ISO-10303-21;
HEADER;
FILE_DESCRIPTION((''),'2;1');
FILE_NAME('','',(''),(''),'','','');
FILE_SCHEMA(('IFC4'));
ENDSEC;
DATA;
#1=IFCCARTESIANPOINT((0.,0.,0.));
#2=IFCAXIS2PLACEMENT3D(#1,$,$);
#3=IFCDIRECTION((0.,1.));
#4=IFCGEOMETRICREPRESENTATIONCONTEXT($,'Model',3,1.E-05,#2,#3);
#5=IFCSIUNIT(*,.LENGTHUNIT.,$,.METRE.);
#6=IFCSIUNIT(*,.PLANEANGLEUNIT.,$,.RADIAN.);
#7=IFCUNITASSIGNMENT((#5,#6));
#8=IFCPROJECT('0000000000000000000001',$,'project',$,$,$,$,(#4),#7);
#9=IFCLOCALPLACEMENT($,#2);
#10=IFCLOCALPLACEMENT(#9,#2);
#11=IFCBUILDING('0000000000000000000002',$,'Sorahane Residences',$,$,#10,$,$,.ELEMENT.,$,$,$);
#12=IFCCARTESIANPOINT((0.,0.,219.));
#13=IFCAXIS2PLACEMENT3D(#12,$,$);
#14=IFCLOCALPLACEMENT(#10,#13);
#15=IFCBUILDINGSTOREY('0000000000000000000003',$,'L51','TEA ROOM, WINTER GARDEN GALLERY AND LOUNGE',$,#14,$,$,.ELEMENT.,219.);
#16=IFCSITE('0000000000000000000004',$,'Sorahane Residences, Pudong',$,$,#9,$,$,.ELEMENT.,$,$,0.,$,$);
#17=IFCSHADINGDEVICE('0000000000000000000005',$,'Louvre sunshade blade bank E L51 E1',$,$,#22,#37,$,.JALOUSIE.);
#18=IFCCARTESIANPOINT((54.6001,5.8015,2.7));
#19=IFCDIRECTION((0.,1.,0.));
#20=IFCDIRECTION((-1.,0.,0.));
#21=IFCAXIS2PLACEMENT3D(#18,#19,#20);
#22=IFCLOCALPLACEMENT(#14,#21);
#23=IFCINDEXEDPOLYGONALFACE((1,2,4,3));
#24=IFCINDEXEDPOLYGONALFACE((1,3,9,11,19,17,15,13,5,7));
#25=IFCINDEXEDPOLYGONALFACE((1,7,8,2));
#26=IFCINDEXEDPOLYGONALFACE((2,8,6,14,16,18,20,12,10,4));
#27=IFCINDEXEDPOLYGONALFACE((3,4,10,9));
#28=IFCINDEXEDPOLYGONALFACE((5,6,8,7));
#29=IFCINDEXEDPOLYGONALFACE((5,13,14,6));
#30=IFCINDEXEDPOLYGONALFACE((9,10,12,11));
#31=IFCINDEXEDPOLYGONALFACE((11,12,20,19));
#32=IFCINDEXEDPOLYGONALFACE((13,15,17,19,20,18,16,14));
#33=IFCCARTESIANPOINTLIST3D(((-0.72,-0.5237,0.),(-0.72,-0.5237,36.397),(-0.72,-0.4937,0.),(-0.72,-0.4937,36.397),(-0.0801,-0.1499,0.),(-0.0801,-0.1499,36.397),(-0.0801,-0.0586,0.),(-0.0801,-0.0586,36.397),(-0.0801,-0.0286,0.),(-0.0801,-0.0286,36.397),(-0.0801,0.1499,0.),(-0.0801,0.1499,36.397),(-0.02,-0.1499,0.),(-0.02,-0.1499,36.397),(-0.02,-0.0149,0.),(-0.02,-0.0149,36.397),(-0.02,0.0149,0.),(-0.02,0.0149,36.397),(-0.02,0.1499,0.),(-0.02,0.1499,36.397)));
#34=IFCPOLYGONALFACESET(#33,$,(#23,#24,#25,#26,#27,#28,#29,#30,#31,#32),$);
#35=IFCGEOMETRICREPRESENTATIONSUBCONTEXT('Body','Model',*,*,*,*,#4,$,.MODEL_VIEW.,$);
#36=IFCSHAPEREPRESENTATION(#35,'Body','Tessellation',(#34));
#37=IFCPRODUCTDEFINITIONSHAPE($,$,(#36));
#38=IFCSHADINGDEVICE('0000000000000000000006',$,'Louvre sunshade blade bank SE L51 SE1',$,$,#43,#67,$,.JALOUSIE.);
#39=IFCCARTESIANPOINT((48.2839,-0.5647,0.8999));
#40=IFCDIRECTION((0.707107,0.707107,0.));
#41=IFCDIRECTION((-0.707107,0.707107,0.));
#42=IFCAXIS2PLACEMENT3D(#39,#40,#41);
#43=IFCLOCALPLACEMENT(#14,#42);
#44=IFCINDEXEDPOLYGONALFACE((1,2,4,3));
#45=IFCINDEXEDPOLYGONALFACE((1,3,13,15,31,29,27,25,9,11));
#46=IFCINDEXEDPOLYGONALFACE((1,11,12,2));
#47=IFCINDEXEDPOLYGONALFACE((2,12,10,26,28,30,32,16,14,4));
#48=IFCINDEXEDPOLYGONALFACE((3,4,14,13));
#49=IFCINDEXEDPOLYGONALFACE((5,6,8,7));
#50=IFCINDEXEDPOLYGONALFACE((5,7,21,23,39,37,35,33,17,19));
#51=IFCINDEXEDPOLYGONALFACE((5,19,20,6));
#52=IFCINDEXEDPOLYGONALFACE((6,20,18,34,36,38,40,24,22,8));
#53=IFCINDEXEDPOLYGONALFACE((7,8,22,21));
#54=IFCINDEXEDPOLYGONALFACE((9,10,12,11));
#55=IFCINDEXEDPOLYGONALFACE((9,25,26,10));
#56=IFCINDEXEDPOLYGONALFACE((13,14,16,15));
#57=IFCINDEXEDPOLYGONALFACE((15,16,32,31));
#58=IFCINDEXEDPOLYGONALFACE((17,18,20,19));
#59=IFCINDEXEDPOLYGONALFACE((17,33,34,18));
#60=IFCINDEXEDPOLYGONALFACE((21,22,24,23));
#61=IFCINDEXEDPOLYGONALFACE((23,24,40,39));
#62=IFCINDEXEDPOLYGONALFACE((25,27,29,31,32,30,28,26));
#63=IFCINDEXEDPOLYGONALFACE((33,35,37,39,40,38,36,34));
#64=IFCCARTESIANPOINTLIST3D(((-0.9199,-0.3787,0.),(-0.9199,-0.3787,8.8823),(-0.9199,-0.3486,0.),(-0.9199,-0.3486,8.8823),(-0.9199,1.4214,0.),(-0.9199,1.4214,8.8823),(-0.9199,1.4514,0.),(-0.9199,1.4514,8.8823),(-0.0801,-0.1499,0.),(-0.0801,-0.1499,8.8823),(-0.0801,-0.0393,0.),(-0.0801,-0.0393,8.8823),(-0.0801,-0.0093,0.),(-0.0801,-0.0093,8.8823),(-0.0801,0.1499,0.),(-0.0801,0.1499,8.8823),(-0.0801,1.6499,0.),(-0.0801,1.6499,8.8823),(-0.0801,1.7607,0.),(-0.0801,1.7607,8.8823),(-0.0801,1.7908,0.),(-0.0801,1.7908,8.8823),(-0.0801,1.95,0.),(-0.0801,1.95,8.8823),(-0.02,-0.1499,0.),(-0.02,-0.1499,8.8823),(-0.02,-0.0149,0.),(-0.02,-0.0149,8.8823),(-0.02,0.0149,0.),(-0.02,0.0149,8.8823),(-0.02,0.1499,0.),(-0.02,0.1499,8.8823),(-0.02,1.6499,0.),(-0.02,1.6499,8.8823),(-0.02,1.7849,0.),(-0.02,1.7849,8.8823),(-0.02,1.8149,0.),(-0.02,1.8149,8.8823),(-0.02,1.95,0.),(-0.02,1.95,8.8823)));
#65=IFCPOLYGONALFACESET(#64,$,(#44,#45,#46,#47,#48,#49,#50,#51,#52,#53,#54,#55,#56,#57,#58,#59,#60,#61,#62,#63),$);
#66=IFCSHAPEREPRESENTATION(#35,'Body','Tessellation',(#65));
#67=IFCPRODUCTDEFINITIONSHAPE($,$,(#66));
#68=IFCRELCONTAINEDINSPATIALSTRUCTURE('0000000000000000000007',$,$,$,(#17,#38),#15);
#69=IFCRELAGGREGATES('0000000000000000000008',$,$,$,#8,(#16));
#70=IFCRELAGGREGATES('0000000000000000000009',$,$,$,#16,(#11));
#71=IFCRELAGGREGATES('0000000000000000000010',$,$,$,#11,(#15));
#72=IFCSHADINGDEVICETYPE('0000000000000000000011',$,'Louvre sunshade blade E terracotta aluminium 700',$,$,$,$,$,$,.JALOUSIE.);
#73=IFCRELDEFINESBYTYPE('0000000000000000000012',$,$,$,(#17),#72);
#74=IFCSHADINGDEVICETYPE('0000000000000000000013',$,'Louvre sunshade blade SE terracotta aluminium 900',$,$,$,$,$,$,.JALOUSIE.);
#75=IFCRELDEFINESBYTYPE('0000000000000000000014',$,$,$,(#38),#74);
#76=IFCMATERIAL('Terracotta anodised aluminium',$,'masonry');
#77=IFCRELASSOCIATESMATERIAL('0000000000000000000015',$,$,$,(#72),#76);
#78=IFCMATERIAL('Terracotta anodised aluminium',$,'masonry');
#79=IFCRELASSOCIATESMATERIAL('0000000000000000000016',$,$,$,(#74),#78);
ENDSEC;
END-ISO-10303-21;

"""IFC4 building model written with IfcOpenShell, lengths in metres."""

from ifc_helpers import new_model, si_unit, direction, frame, origin, place, context, subcontext, project, spatial, polyline, outline, composite_profile, extrude, material, type_object, element, save


model = new_model("IFC4")

# Units and contexts
model_context = context("Model", 3, precision=1e-05, world=origin(), true_north=direction((0.0, 1.0)))
body_context = subcontext(model_context, "Body", "Model", "MODEL_VIEW")
ifc_project = project(units=[si_unit("LENGTHUNIT", "METRE"), si_unit("PLANEANGLEUNIT", "RADIAN")], contexts=[model_context])

# Site, building, storey
site_placement = place(None, origin())
site = spatial("IfcSite", under=ifc_project, at=site_placement, Name="Sorahane Residences, Pudong", CompositionType="ELEMENT", RefElevation=0.0)
building_placement = place(site_placement, origin())
building = spatial("IfcBuilding", under=site, at=building_placement, Name="Sorahane Residences", CompositionType="ELEMENT")
storey_placement = place(building_placement, frame((0.0, 0.0, 219.0)))
storey = spatial("IfcBuildingStorey", under=building, at=storey_placement, Name="L51", Description="TEA ROOM, WINTER GARDEN GALLERY AND LOUNGE", CompositionType="ELEMENT", Elevation=219.0)

# Shading devices
ifc_material_1 = material(Name="Terracotta anodised aluminium", Category="masonry")
shading_device_type_1 = type_object("IfcShadingDeviceType", Name="Louvre sunshade blade E terracotta aluminium 700", PredefinedType="JALOUSIE", material=ifc_material_1)
shading_device_1_placement = place(storey_placement, frame((54.6001, 5.8015, 2.7), z_axis=(0.0, 1.0, 0.0), x_axis=(-1.0, 0.0, 0.0)))
element("IfcShadingDevice", 1, at=shading_device_1_placement, inside=storey, type_object=shading_device_type_1, Name="Louvre sunshade blade bank E L51 E1", PredefinedType="JALOUSIE", context=body_context, shape_type="SweptSolid", body=[
    extrude(outline(polyline([(-0.72, -0.4937), (-0.72, -0.5237), (-0.0801, -0.0586), (-0.0801, -0.1499), (-0.02, -0.1499), (-0.02, -0.0149), (-0.02, 0.0149), (-0.02, 0.1499), (-0.0801, 0.1499), (-0.0801, -0.0286), (-0.72, -0.4937)])), origin(), (0.0, 0.0, 1.0), 36.397),
])
ifc_material_2 = material(Name="Terracotta anodised aluminium", Category="masonry")
shading_device_type_2 = type_object("IfcShadingDeviceType", Name="Louvre sunshade blade SE terracotta aluminium 900", PredefinedType="JALOUSIE", material=ifc_material_2)
shading_device_2_placement = place(storey_placement, frame((48.2839, -0.5647, 0.8999), z_axis=(0.707107, 0.707107, 0.0), x_axis=(-0.707107, 0.707107, 0.0)))
element("IfcShadingDevice", 2, at=shading_device_2_placement, inside=storey, type_object=shading_device_type_2, Name="Louvre sunshade blade bank SE L51 SE1", PredefinedType="JALOUSIE", context=body_context, shape_type="SweptSolid", body=[
    extrude(composite_profile([outline(polyline([(-0.9199, -0.3486), (-0.9199, -0.3787), (-0.0801, -0.0393), (-0.0801, -0.1499), (-0.02, -0.1499), (-0.02, -0.0149), (-0.02, 0.0149), (-0.02, 0.1499), (-0.0801, 0.1499), (-0.0801, -0.0093), (-0.9199, -0.3486)])), outline(polyline([(-0.9199, 1.4514), (-0.9199, 1.4214), (-0.0801, 1.7607), (-0.0801, 1.6499), (-0.02, 1.6499), (-0.02, 1.7849), (-0.02, 1.8149), (-0.02, 1.95), (-0.0801, 1.95), (-0.0801, 1.7908), (-0.9199, 1.4514)]))]), origin(), (0.0, 0.0, 1.0), 8.8823),
])

save(model, "model.ifc")
